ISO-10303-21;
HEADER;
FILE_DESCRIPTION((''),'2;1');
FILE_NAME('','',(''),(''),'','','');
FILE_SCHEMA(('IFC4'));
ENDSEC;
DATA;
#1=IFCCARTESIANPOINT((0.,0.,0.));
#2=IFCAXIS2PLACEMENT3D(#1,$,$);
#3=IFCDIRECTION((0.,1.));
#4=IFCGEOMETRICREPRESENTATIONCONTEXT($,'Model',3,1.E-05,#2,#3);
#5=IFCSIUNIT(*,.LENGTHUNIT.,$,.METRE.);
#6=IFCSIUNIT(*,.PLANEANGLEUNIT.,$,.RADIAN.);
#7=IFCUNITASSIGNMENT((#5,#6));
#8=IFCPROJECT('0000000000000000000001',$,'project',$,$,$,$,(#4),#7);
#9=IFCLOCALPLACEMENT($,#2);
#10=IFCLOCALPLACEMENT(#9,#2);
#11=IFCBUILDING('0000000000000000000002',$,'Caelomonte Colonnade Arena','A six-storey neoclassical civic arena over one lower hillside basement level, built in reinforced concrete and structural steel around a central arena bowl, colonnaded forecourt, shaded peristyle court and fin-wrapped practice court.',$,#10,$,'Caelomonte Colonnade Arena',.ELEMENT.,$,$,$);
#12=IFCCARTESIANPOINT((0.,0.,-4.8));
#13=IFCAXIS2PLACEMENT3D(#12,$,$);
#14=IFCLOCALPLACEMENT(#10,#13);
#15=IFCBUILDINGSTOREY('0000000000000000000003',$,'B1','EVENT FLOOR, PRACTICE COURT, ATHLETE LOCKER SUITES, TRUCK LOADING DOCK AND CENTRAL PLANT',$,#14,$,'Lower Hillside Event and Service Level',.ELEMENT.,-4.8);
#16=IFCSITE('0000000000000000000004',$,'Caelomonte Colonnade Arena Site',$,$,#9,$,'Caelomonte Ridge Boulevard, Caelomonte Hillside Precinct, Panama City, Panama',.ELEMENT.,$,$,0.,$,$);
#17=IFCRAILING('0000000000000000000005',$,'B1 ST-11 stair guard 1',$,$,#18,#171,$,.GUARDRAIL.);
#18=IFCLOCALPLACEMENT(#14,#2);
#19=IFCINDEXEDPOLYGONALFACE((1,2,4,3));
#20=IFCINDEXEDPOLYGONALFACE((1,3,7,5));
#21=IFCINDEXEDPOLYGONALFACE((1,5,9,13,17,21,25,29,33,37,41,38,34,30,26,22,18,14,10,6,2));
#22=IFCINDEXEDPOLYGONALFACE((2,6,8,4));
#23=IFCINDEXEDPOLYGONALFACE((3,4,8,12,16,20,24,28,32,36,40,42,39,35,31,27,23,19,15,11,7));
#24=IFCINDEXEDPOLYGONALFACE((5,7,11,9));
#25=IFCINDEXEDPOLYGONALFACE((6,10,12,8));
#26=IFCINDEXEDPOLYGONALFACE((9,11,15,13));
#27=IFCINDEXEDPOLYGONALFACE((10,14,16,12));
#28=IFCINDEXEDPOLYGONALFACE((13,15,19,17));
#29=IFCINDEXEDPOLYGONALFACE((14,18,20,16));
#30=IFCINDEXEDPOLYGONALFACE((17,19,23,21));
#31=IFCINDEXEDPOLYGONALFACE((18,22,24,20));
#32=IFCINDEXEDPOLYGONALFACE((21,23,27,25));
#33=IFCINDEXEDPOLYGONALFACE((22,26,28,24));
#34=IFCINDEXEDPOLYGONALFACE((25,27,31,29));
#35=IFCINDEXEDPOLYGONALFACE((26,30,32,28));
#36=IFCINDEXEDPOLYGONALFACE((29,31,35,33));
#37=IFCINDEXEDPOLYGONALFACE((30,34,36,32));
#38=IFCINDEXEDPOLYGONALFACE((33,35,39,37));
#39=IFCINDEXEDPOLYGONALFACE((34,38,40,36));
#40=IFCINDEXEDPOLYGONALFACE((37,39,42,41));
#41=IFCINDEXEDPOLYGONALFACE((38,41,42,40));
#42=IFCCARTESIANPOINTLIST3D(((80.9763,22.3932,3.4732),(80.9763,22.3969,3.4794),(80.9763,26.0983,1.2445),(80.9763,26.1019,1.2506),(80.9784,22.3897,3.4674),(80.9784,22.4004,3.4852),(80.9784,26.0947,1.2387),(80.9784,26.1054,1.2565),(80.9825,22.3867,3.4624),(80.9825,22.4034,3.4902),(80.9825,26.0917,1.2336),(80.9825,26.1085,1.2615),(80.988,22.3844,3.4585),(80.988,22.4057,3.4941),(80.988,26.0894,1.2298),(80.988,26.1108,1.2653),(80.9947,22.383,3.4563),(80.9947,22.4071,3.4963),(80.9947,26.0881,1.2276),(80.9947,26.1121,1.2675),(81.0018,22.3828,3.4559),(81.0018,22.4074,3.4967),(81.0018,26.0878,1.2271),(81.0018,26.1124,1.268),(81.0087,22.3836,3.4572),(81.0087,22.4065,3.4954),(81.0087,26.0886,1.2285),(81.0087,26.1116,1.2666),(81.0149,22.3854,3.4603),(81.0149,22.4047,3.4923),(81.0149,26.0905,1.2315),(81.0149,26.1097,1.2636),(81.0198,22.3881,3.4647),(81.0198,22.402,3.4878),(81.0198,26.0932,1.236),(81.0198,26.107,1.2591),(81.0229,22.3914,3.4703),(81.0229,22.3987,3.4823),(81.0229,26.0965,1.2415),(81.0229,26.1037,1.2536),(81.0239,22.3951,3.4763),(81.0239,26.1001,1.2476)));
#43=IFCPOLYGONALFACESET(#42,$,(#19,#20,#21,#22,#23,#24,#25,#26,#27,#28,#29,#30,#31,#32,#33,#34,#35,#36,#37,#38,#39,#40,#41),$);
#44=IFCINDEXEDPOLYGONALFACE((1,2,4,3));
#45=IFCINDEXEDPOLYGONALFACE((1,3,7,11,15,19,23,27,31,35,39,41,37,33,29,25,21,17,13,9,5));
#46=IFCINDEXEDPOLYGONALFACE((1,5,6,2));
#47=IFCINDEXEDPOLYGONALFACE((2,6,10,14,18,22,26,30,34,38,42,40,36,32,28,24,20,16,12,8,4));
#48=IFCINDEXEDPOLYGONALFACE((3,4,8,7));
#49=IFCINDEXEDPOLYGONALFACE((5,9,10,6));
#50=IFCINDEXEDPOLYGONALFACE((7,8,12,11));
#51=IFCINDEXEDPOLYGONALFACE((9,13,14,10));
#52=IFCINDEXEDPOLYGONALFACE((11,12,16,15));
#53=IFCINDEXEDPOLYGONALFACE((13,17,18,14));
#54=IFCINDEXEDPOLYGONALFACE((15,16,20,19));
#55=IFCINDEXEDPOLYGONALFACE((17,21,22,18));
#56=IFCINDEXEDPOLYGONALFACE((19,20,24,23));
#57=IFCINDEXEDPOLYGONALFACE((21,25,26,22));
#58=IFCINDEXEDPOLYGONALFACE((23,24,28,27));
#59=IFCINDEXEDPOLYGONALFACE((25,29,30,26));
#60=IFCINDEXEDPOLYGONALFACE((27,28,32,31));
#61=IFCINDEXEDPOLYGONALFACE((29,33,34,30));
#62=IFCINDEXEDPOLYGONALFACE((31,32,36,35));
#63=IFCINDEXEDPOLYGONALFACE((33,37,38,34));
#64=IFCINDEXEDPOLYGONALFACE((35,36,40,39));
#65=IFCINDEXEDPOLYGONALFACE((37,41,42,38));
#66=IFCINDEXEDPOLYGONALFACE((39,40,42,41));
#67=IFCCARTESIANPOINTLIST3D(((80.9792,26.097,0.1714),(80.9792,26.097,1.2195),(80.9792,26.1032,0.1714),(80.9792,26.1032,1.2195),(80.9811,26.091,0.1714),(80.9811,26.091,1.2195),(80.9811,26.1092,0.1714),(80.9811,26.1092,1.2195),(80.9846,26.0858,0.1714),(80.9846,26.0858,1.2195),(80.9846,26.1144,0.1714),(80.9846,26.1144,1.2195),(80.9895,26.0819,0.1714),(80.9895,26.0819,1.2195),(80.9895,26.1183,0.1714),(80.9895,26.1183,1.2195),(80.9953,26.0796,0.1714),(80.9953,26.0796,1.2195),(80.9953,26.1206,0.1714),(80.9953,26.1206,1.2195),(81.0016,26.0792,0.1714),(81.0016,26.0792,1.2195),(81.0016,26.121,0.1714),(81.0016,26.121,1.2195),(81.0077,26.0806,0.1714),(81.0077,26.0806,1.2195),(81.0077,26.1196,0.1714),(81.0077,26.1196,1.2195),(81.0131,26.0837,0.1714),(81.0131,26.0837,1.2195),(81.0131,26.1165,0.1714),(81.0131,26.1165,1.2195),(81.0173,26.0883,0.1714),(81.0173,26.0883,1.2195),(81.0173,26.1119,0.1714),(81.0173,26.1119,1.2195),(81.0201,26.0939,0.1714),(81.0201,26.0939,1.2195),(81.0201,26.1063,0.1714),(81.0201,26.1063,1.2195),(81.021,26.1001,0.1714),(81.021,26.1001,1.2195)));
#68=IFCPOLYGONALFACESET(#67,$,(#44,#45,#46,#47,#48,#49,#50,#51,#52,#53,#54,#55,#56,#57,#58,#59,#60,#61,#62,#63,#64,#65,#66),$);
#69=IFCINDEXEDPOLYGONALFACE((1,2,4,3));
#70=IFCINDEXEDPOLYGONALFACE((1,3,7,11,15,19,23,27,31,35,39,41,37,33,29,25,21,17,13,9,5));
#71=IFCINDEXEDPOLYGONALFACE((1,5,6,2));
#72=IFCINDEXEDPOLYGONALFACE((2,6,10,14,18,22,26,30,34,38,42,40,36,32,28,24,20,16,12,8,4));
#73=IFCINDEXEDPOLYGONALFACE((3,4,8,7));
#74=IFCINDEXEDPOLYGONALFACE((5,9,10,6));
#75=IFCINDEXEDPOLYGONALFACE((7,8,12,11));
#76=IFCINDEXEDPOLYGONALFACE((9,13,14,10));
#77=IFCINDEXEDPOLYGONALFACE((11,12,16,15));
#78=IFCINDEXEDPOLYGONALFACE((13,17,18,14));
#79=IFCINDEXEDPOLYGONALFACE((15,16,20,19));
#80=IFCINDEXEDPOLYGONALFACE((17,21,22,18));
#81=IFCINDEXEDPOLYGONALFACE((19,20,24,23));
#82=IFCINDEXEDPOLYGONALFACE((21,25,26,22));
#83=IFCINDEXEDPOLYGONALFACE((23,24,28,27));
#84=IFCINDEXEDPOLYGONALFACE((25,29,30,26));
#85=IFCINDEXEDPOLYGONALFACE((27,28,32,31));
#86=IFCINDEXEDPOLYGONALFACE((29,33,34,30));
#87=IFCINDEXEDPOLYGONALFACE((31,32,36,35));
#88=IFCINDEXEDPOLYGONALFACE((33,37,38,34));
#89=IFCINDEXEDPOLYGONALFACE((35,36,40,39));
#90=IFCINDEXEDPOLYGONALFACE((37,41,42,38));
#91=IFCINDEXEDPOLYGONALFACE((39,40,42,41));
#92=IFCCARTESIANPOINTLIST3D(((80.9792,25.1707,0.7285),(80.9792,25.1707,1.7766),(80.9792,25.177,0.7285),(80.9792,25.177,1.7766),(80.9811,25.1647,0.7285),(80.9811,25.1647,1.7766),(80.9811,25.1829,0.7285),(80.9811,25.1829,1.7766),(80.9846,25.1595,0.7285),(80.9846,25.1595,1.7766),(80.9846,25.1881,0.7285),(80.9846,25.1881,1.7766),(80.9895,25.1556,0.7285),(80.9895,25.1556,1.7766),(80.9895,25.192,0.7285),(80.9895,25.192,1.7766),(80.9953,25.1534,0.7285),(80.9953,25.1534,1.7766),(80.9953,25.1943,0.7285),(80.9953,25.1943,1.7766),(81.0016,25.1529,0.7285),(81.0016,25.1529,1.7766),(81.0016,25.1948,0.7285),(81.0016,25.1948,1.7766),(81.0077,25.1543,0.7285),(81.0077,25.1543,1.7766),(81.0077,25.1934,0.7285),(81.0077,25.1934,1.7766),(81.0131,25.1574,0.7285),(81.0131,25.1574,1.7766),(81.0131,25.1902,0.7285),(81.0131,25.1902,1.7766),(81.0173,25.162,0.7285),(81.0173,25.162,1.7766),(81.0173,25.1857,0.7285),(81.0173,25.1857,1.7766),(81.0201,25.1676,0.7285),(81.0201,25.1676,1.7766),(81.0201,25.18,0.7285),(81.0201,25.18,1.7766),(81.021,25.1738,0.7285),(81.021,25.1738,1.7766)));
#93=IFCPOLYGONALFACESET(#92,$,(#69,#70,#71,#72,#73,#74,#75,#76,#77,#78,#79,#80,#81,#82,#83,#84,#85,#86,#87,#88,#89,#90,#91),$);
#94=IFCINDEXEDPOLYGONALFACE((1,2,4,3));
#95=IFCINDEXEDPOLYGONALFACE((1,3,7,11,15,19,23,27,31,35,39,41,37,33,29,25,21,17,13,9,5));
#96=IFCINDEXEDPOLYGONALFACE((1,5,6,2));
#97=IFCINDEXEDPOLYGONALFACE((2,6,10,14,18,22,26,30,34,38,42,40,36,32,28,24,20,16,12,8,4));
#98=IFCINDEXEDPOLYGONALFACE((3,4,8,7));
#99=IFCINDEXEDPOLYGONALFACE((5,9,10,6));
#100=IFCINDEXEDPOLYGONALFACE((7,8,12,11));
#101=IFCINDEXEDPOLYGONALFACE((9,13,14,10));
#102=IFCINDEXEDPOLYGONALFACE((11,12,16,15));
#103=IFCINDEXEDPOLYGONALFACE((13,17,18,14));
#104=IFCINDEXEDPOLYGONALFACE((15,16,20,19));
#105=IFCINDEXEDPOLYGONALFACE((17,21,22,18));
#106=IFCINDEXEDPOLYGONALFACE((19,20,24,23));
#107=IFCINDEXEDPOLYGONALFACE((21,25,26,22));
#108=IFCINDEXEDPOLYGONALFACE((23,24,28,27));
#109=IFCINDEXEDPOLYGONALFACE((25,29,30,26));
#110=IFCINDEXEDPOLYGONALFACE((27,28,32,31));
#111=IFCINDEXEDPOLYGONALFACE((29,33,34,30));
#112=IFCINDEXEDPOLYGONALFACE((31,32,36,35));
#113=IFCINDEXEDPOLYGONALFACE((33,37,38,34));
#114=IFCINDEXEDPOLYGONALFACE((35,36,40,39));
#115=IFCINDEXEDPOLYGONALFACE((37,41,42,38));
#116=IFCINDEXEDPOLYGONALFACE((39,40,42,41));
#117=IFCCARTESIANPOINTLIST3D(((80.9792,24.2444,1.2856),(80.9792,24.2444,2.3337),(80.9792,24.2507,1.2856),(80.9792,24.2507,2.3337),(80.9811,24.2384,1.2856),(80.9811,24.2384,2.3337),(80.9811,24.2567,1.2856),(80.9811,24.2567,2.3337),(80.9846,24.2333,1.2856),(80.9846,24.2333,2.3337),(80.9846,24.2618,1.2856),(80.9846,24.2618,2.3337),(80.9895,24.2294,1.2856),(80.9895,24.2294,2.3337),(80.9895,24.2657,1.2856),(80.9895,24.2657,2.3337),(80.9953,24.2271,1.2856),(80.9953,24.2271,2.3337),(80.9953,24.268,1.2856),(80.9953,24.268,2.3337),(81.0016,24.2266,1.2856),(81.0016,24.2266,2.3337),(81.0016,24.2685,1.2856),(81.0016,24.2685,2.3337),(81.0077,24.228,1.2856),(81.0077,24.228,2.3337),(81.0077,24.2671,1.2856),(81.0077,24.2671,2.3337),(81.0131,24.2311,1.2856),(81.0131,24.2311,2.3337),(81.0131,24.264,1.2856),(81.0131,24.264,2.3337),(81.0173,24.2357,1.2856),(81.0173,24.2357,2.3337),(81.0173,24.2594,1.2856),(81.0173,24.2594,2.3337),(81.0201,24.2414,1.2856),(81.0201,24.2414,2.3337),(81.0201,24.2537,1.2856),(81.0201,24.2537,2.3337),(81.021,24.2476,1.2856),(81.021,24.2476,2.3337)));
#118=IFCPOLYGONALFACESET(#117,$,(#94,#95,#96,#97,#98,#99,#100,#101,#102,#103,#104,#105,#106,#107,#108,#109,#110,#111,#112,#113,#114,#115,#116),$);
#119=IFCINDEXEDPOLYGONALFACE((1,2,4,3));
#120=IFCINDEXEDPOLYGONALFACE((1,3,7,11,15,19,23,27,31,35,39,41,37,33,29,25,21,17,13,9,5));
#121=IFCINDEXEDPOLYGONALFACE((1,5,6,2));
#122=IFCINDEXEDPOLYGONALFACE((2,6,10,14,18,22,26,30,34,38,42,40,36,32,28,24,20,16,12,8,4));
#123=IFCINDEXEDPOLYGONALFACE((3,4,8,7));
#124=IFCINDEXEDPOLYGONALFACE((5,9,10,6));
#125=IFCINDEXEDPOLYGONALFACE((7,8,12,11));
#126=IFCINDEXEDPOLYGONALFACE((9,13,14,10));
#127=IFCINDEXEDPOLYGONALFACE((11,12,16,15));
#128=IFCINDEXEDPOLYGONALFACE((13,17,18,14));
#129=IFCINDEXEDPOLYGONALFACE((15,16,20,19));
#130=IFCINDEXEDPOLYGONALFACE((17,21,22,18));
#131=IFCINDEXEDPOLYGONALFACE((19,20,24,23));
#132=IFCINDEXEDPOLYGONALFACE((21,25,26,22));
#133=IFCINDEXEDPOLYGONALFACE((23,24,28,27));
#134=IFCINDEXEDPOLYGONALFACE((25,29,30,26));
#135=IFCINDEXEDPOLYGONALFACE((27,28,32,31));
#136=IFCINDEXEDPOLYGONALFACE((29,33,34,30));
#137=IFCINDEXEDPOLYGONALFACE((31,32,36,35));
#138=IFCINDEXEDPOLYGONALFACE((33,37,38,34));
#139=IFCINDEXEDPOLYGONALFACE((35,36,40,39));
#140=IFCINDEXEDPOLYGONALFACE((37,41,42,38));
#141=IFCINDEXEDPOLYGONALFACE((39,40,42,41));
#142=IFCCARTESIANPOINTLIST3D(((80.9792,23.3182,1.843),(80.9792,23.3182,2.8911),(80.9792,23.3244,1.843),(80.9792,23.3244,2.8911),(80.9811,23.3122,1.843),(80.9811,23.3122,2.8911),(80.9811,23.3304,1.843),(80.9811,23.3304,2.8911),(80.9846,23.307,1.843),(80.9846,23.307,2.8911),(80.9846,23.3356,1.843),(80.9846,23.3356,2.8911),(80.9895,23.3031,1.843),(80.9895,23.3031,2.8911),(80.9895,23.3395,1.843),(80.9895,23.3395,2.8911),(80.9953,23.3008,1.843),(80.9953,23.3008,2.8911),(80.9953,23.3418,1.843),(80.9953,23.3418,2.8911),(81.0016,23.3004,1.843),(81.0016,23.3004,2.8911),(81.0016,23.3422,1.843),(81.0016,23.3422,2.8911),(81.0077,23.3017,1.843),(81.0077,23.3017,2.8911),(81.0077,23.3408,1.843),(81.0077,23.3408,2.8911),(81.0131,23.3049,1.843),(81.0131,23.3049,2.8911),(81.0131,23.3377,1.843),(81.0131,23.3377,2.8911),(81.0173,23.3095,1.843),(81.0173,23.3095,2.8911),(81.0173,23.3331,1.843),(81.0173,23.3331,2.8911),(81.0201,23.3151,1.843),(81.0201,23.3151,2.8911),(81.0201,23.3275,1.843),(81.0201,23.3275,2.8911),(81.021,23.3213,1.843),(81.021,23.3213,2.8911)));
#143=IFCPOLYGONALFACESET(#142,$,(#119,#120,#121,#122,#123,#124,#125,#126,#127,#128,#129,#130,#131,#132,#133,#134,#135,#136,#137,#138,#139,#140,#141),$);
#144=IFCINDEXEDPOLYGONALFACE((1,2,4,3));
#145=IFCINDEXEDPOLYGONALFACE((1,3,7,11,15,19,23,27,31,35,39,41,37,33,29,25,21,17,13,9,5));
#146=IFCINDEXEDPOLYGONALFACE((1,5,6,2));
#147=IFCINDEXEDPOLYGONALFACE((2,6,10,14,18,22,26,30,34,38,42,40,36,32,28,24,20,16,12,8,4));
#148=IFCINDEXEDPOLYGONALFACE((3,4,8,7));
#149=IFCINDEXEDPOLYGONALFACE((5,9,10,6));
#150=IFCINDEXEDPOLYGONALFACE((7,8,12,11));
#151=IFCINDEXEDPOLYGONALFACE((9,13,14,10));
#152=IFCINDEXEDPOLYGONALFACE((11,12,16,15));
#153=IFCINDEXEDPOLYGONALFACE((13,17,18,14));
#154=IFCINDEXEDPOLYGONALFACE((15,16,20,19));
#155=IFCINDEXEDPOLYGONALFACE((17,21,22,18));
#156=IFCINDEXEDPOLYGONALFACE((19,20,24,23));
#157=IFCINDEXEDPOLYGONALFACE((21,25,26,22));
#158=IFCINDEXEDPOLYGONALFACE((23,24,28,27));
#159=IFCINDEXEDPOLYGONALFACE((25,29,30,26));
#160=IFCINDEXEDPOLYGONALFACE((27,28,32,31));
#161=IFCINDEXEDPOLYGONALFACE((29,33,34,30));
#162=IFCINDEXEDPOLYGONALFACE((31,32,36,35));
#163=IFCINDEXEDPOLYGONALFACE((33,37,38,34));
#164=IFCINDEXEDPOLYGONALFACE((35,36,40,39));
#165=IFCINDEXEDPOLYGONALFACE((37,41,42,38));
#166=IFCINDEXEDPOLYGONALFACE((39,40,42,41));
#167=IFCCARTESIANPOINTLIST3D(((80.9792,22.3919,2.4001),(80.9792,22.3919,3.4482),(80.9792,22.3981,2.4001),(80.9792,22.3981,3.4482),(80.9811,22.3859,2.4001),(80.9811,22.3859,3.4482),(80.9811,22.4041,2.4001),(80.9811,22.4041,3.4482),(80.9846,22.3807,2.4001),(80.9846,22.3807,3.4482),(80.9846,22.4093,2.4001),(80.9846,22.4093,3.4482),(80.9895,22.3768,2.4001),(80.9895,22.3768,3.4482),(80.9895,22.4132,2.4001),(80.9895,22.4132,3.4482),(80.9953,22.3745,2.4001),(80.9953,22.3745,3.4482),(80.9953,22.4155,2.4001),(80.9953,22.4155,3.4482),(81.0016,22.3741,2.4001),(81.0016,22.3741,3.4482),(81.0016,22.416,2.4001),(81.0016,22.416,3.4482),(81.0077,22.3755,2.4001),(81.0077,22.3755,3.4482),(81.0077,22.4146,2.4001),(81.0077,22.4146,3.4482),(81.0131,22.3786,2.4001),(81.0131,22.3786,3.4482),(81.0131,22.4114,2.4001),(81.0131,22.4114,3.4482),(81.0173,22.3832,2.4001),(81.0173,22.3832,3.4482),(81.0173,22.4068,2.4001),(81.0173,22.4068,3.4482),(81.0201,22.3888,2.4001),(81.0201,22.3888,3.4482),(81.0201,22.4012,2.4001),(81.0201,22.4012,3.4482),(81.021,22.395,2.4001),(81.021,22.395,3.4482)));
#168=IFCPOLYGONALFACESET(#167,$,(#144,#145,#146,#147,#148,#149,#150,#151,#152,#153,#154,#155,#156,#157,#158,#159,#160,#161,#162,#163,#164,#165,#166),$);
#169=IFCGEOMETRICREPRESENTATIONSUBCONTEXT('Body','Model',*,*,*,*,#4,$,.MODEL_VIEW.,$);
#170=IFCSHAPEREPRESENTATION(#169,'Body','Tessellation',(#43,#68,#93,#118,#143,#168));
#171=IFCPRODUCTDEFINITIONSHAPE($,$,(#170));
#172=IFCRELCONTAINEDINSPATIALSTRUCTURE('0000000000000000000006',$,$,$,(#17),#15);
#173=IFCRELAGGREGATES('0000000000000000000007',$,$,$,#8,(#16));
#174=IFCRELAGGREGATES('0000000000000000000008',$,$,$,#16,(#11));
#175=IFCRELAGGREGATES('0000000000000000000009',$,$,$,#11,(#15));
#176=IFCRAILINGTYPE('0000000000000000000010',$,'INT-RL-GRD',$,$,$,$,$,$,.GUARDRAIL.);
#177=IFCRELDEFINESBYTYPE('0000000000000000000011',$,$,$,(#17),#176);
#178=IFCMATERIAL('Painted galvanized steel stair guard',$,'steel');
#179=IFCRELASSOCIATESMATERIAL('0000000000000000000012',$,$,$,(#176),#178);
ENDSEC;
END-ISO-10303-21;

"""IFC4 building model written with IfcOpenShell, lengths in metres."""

from ifc_helpers import new_model, si_unit, direction, frame, origin, origin_2d, place, context, subcontext, project, spatial, circle, extrude, material, type_object, element, save


model = new_model("IFC4")

# Units and contexts
model_context = context("Model", 3, precision=1e-05, world=origin(), true_north=direction((0.0, 1.0)))
body_context = subcontext(model_context, "Body", "Model", "MODEL_VIEW")
ifc_project = project(units=[si_unit("LENGTHUNIT", "METRE"), si_unit("PLANEANGLEUNIT", "RADIAN")], contexts=[model_context])

# Site, building, storey
site_placement = place(None, origin())
site = spatial("IfcSite", under=ifc_project, at=site_placement, Name="Caelomonte Colonnade Arena Site", LongName="Caelomonte Ridge Boulevard, Caelomonte Hillside Precinct, Panama City, Panama", CompositionType="ELEMENT", RefElevation=0.0)
building_placement = place(site_placement, origin())
building = spatial("IfcBuilding", under=site, at=building_placement, Name="Caelomonte Colonnade Arena", Description="A six-storey neoclassical civic arena over one lower hillside basement level, built in reinforced concrete and structural steel around a central arena bowl, colonnaded forecourt, shaded peristyle court and fin-wrapped practice court.", LongName="Caelomonte Colonnade Arena", CompositionType="ELEMENT")
storey_placement = place(building_placement, frame((0.0, 0.0, -4.8)))
storey = spatial("IfcBuildingStorey", under=building, at=storey_placement, Name="B1", Description="EVENT FLOOR, PRACTICE COURT, ATHLETE LOCKER SUITES, TRUCK LOADING DOCK AND CENTRAL PLANT", LongName="Lower Hillside Event and Service Level", CompositionType="ELEMENT", Elevation=-4.8)

# Railing
ifc_material_1 = material(Name="Painted galvanized steel stair guard", Category="steel")
railing_type_1 = type_object("IfcRailingType", Name="INT-RL-GRD", PredefinedType="GUARDRAIL", material=ifc_material_1)
railing_1_placement = place(storey_placement, frame((81.0, 26.1001, 0.1714)))
element("IfcRailing", 1, at=railing_1_placement, inside=storey, type_object=railing_type_1, Name="B1 ST-11 stair guard 1", PredefinedType="GUARDRAIL", context=body_context, shape_type="SweptSolid", body=[
    extrude(circle(Radius=0.0239, at=origin_2d()), frame((0.0, 0.0, 1.0762), z_axis=(0.0, -0.856909, 0.515467), x_axis=(1.0, 0.0, 0.0)), (0.0, 0.0, 1.0), 4.3237),
    extrude(circle(Radius=0.021, at=origin_2d()), origin(), (0.0, 0.0, 1.0), 1.0481),
    extrude(circle(Radius=0.021, at=origin_2d()), frame((0.0, -0.9263, 0.5571)), (0.0, 0.0, 1.0), 1.0481),
    extrude(circle(Radius=0.021, at=origin_2d()), frame((0.0, -1.8525, 1.1143)), (0.0, 0.0, 1.0), 1.0481),
    extrude(circle(Radius=0.021, at=origin_2d()), frame((0.0, -2.7788, 1.6716)), (0.0, 0.0, 1.0), 1.0481),
    extrude(circle(Radius=0.021, at=origin_2d()), frame((0.0, -3.7051, 2.2288)), (0.0, 0.0, 1.0), 1.0481),
])

save(model, "model.ifc")
